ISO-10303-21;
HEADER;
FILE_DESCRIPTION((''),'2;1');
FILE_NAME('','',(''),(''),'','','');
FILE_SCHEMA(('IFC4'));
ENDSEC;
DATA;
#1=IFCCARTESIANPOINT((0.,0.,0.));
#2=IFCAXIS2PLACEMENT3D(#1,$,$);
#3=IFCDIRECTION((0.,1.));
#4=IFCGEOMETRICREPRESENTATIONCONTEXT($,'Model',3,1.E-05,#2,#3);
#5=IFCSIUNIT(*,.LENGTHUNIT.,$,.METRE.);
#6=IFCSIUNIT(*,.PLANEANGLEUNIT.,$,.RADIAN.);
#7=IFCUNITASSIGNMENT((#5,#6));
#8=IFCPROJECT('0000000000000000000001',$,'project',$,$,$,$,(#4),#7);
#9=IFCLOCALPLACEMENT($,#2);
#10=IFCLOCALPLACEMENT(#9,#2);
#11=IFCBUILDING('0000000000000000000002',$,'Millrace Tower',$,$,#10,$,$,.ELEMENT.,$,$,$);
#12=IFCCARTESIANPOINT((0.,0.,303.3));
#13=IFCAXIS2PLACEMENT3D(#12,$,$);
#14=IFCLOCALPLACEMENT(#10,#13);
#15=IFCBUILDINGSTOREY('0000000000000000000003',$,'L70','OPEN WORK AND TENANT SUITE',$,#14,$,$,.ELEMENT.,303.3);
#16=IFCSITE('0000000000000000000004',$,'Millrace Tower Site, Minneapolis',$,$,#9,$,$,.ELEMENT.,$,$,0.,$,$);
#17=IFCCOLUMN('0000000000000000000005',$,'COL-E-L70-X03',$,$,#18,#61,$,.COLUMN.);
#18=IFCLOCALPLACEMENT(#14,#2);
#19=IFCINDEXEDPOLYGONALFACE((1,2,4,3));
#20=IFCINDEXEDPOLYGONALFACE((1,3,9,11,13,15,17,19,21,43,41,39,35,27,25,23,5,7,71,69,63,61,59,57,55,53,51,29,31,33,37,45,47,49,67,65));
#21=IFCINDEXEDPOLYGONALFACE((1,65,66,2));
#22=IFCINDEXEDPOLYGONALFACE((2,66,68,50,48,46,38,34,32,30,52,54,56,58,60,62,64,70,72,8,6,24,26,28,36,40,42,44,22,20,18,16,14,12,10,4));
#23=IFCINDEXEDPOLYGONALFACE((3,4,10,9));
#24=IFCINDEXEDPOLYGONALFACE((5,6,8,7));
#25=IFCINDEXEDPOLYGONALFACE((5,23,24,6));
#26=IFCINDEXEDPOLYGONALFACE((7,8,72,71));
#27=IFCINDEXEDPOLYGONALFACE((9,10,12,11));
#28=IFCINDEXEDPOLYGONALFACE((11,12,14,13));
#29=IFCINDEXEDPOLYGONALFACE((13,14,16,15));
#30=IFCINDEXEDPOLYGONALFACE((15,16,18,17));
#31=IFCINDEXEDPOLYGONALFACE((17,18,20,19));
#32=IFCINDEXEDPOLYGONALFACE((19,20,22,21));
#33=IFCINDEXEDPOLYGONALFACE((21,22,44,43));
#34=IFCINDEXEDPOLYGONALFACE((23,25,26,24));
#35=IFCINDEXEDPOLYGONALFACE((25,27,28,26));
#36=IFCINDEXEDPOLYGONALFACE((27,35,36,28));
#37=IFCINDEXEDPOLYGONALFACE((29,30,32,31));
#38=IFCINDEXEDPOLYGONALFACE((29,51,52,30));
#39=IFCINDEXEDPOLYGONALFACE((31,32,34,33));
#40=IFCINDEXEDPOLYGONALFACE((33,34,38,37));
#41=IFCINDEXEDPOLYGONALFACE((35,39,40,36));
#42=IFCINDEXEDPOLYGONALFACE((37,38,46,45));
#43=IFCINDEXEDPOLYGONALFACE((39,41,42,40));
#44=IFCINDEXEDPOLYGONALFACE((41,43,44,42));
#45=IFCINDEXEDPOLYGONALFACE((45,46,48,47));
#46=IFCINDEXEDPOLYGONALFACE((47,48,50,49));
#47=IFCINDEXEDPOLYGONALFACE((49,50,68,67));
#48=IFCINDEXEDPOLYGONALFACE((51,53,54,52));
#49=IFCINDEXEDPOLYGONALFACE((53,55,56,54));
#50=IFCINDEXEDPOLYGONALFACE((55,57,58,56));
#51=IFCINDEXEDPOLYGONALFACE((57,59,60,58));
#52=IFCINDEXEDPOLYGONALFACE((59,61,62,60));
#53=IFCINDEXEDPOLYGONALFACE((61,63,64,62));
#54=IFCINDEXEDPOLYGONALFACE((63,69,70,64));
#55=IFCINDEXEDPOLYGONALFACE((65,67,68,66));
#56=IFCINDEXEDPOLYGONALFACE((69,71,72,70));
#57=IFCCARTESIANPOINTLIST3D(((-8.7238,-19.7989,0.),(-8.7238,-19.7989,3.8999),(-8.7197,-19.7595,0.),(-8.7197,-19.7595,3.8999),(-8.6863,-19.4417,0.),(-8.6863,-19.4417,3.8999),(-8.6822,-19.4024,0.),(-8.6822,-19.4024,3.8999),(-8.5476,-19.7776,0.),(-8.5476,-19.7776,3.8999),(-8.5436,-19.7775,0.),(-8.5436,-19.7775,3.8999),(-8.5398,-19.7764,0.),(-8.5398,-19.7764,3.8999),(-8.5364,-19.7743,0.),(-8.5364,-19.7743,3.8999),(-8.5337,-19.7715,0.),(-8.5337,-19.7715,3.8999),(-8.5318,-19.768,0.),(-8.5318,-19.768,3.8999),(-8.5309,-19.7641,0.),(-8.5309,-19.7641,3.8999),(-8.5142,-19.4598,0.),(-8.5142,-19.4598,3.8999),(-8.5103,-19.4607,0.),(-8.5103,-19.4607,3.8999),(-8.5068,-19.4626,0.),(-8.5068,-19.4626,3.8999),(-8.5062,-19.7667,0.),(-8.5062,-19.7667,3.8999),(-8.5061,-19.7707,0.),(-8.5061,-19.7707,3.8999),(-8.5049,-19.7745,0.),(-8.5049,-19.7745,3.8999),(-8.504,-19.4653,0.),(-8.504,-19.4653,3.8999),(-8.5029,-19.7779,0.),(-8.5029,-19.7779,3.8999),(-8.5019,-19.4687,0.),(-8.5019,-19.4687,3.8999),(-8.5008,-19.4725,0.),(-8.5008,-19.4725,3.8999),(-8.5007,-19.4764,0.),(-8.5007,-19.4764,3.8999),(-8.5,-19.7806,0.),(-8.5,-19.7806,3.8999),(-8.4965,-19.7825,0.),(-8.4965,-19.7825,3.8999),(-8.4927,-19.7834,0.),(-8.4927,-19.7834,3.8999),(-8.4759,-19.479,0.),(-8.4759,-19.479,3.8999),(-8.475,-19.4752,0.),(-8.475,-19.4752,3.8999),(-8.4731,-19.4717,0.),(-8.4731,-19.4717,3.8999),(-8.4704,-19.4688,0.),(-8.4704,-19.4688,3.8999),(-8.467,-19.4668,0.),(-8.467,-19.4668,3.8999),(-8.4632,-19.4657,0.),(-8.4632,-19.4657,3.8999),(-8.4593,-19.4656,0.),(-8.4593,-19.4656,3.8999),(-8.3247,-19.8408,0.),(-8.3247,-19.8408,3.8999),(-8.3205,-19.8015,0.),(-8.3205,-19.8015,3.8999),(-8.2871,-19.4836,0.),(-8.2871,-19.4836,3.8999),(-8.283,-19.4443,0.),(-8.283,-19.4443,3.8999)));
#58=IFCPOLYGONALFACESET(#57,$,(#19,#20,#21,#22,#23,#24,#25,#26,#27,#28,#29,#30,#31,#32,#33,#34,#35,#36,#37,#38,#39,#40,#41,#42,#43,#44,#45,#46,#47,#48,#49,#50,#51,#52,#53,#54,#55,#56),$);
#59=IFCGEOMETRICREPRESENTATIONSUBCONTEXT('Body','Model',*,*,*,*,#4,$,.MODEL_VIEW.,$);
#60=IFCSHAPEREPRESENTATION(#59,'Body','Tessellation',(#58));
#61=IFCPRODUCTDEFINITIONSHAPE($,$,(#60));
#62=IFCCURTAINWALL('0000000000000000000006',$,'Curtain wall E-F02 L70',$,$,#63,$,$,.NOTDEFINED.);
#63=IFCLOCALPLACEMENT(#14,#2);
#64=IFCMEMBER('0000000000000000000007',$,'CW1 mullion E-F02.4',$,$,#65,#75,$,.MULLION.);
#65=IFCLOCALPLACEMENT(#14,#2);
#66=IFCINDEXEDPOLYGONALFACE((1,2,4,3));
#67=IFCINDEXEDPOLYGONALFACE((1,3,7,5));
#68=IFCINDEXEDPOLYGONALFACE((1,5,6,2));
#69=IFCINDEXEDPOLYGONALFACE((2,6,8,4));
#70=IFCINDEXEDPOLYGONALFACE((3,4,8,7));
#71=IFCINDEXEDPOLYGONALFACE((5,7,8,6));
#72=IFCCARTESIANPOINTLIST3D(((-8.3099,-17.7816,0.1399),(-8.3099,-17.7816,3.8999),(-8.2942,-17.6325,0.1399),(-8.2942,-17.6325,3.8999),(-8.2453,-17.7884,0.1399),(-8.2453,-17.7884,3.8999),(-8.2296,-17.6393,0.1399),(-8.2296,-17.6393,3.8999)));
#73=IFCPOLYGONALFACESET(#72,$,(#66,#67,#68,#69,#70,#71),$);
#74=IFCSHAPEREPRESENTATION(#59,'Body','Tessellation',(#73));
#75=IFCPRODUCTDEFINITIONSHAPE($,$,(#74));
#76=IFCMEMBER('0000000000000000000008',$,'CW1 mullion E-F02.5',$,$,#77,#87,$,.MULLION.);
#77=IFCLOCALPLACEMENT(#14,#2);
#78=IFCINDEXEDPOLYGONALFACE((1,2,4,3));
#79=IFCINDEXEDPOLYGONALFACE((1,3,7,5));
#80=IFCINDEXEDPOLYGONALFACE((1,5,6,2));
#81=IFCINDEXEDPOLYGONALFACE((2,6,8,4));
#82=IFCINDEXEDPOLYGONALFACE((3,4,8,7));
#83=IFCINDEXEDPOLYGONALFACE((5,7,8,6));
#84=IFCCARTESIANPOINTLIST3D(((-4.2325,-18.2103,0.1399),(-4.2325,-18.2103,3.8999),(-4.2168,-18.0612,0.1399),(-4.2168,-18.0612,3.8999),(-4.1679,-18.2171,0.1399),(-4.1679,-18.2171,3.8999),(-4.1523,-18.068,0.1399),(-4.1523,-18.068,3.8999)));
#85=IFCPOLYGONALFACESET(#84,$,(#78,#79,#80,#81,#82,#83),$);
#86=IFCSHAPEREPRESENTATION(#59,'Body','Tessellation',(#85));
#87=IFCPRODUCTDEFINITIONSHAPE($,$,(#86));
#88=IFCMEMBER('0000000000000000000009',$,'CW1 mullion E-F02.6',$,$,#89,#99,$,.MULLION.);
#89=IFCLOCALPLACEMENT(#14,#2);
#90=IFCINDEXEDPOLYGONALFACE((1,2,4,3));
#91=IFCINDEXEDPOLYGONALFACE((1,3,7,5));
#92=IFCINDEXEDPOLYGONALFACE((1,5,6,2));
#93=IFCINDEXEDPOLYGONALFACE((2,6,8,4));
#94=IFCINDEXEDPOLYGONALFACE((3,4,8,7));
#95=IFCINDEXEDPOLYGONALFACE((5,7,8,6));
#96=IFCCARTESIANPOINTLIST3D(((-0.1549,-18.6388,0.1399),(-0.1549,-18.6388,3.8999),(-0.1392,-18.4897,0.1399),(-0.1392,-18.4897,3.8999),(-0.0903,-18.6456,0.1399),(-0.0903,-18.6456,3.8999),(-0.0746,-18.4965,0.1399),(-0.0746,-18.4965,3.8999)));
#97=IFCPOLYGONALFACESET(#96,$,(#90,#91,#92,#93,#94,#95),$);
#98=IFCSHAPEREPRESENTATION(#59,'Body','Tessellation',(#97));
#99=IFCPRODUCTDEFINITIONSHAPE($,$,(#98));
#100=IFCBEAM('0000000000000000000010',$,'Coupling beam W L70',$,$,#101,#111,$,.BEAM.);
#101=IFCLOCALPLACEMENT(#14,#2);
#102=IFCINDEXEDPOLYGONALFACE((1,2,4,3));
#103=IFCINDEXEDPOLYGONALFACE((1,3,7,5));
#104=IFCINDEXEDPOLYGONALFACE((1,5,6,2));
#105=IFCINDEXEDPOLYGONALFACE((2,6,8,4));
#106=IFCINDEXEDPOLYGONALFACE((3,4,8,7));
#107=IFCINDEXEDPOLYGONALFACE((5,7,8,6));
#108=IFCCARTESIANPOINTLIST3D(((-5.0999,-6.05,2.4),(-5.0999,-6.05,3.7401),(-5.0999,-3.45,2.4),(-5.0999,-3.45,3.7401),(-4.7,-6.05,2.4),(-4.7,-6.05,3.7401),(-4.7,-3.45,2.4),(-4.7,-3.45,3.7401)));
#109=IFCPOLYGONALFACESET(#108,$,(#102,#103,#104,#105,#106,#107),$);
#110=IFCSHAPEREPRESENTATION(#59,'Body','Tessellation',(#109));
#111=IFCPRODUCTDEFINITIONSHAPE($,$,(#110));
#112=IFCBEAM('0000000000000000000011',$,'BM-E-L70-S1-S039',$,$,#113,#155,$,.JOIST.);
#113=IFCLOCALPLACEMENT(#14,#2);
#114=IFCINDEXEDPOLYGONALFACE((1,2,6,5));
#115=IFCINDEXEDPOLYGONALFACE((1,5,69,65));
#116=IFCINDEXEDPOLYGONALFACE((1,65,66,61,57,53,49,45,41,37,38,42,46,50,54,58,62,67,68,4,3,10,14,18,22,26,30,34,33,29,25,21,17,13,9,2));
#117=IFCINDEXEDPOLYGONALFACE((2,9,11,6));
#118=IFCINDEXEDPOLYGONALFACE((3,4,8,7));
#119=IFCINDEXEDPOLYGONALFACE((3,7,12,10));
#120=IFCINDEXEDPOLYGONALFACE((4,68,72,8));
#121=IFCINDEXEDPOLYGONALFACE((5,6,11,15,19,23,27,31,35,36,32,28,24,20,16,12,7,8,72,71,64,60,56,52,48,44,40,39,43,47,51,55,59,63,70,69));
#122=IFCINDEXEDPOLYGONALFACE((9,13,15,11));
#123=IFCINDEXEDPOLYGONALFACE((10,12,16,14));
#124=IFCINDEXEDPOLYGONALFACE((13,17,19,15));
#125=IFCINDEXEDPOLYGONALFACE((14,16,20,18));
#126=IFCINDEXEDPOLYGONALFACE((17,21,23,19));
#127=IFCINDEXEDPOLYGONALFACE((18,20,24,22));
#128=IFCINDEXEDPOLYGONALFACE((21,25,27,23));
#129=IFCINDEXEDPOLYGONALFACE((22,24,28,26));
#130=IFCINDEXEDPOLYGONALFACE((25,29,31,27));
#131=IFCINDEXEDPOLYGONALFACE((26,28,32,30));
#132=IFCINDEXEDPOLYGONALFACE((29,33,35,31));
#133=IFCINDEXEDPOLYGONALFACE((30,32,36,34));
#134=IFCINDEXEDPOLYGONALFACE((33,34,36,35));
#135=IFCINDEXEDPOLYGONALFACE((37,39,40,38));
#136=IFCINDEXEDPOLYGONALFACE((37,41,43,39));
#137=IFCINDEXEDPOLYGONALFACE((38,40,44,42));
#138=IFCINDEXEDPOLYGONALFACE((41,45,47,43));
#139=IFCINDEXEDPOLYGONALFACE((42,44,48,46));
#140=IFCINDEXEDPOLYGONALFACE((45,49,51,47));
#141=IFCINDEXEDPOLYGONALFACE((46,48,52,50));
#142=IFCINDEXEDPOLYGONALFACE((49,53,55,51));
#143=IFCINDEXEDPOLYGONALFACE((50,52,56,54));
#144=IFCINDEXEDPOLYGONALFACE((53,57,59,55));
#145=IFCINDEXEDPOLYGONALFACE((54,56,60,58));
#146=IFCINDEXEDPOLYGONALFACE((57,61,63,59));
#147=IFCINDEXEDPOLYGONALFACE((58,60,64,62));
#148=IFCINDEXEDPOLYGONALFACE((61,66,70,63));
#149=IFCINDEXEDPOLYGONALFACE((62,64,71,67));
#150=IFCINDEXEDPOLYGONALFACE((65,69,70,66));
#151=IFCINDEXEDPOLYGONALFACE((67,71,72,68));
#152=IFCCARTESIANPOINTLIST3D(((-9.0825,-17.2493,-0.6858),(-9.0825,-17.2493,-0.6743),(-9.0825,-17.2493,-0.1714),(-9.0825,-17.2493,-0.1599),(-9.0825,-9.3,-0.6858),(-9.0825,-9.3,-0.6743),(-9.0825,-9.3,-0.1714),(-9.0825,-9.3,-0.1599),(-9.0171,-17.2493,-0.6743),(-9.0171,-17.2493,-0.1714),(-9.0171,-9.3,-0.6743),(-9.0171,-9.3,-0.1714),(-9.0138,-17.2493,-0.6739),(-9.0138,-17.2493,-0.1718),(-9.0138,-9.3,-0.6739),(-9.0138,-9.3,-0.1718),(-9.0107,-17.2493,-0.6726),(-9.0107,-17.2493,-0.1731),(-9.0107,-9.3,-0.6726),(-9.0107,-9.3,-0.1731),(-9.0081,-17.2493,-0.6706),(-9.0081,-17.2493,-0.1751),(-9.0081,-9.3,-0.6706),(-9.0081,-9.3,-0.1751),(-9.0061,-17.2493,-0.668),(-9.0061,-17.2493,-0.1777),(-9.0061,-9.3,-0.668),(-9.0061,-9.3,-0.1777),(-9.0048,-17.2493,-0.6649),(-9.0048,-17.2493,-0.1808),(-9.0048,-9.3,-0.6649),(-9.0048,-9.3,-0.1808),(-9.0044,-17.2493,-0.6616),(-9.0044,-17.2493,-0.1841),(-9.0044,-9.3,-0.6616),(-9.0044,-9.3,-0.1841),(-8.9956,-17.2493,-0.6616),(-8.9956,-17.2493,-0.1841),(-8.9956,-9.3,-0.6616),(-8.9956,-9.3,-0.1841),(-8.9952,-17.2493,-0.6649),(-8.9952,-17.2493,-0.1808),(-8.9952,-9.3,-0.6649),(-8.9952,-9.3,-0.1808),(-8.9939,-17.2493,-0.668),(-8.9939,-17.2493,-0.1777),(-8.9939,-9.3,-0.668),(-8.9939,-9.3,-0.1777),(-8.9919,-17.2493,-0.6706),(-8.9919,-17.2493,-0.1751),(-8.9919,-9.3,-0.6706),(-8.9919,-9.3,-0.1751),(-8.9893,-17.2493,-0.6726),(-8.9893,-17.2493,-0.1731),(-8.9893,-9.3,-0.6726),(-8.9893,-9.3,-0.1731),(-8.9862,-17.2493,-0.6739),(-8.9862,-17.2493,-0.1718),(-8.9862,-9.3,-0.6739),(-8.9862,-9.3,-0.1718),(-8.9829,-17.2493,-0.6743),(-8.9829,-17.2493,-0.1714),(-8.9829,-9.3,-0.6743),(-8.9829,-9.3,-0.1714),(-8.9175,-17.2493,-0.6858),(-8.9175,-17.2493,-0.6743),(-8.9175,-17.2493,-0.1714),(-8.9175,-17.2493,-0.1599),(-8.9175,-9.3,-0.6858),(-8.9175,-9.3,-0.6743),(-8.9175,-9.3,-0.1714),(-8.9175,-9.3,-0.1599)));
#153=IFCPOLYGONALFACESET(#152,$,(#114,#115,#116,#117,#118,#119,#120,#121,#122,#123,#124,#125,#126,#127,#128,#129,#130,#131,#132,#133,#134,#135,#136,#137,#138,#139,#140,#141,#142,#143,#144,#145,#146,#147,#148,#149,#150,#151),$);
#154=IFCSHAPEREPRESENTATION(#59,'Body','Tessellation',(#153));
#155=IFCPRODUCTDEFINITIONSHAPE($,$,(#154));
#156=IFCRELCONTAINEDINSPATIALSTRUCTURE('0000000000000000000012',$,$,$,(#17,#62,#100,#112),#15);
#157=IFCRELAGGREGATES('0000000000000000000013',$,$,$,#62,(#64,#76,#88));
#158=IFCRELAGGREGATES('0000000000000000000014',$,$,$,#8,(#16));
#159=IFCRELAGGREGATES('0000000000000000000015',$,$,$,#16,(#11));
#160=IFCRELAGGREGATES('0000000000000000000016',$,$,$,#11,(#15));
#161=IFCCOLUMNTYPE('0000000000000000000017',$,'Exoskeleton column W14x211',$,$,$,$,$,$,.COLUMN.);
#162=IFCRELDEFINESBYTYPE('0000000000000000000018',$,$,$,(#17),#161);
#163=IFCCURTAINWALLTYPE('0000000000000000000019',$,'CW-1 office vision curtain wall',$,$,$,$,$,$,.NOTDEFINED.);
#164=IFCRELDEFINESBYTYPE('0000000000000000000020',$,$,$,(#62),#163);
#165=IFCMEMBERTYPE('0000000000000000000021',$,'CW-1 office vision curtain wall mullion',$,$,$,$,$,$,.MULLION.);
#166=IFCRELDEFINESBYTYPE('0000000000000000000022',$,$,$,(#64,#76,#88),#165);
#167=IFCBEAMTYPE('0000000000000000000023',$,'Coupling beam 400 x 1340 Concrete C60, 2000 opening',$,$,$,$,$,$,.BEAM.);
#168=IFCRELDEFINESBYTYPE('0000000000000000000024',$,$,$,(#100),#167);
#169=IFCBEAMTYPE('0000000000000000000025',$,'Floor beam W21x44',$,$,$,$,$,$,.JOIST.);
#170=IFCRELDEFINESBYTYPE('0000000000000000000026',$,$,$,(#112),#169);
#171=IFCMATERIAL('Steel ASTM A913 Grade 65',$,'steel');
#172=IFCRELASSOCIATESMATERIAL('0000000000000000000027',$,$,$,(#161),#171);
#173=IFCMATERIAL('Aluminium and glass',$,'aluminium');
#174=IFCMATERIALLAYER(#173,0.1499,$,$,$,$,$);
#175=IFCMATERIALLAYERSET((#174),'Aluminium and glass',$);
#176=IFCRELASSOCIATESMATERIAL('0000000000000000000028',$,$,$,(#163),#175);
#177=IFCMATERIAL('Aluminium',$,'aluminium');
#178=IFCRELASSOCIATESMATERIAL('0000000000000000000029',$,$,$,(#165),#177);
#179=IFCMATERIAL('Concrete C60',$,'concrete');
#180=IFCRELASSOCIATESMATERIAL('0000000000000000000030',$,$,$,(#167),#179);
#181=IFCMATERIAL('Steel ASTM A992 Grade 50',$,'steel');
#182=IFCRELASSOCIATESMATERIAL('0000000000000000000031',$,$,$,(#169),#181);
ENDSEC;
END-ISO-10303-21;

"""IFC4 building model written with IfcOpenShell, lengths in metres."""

from ifc_helpers import new_model, si_unit, direction, frame, origin, origin_2d, place, context, subcontext, project, spatial, rectangle, i_section, extrude, material, layer, layer_set, material_profile, profile_set, type_object, element, aggregate, save


model = new_model("IFC4")

# Units and contexts
model_context = context("Model", 3, precision=1e-05, world=origin(), true_north=direction((0.0, 1.0)))
body_context = subcontext(model_context, "Body", "Model", "MODEL_VIEW")
ifc_project = project(units=[si_unit("LENGTHUNIT", "METRE"), si_unit("PLANEANGLEUNIT", "RADIAN")], contexts=[model_context])

# Site, building, storey
site_placement = place(None, origin())
site = spatial("IfcSite", under=ifc_project, at=site_placement, Name="Millrace Tower Site, Minneapolis", CompositionType="ELEMENT", RefElevation=0.0)
building_placement = place(site_placement, origin())
building = spatial("IfcBuilding", under=site, at=building_placement, Name="Millrace Tower", CompositionType="ELEMENT")
storey_placement = place(building_placement, frame((0.0, 0.0, 303.3)))
storey = spatial("IfcBuildingStorey", under=building, at=storey_placement, Name="L70", Description="OPEN WORK AND TENANT SUITE", CompositionType="ELEMENT", Elevation=303.3)

# Column
ifc_material_1 = material(Name="Steel ASTM A913 Grade 65", Category="steel")
ifc_material_profile_1 = material_profile(ifc_material_1, i_section(OverallWidth=0.4014, OverallDepth=0.3987, WebThickness=0.0249, FlangeThickness=0.0396, FilletRadius=0.0151, at=origin_2d()))
ifc_profile_set_1 = profile_set([ifc_material_profile_1], Name="Steel ASTM A913 Grade 65")
column_type = type_object("IfcColumnType", Name="Exoskeleton column W14x211", PredefinedType="COLUMN", material=ifc_profile_set_1)
column_placement = place(storey_placement, frame((-8.5034, -19.6216, 0.0), z_axis=(0.0, 0.0, 1.0), x_axis=(0.994522, -0.104528, 0.0)))
element("IfcColumn", 1, at=column_placement, inside=storey, type_object=column_type, Name="COL-E-L70-X03", PredefinedType="COLUMN", context=body_context, shape_type="SweptSolid", body=[
    extrude(i_section(OverallWidth=0.4014, OverallDepth=0.3987, WebThickness=0.0249, FlangeThickness=0.0396, FilletRadius=0.0151, at=origin_2d()), origin(), (0.0, 0.0, 1.0), 3.8999),
])

# Curtain wall, members
ifc_material_2 = material(Name="Aluminium and glass", Category="aluminium")
ifc_layer_1 = layer(ifc_material_2, 0.1499)
ifc_layer_set_1 = layer_set([ifc_layer_1], Name="Aluminium and glass")
curtain_wall_type = type_object("IfcCurtainWallType", Name="CW-1 office vision curtain wall", PredefinedType="NOTDEFINED", material=ifc_layer_set_1)
curtain_wall_placement = place(storey_placement, origin())
curtain_wall = element("IfcCurtainWall", 2, at=curtain_wall_placement, inside=storey, type_object=curtain_wall_type, Name="Curtain wall E-F02 L70", PredefinedType="NOTDEFINED")
ifc_material_3 = material(Name="Aluminium", Category="aluminium")
ifc_material_profile_2 = material_profile(ifc_material_3, rectangle(XDim=0.0649, YDim=0.1499, at=origin_2d()))
ifc_profile_set_2 = profile_set([ifc_material_profile_2], Name="Aluminium")
member_type = type_object("IfcMemberType", Name="CW-1 office vision curtain wall mullion", PredefinedType="MULLION", material=ifc_profile_set_2)
member_1_placement = place(storey_placement, frame((-8.2698, -17.7104, 0.1399), z_axis=(0.0, 0.0, 1.0), x_axis=(0.994522, -0.104528, 0.0)))
member_1 = element("IfcMember", 3, at=member_1_placement, type_object=member_type, Name="CW1 mullion E-F02.4", PredefinedType="MULLION", context=body_context, shape_type="SweptSolid", body=[
    extrude(rectangle(XDim=0.0649, YDim=0.1499, at=origin_2d()), origin(), (0.0, 0.0, 1.0), 3.76),
])
member_2_placement = place(storey_placement, frame((-4.1924, -18.1392, 0.1399), z_axis=(0.0, 0.0, 1.0), x_axis=(0.994522, -0.104528, 0.0)))
member_2 = element("IfcMember", 4, at=member_2_placement, type_object=member_type, Name="CW1 mullion E-F02.5", PredefinedType="MULLION", context=body_context, shape_type="SweptSolid", body=[
    extrude(rectangle(XDim=0.0649, YDim=0.1499, at=origin_2d()), origin(), (0.0, 0.0, 1.0), 3.76),
])
member_3_placement = place(storey_placement, frame((-0.1147, -18.5676, 0.1399), z_axis=(0.0, 0.0, 1.0), x_axis=(0.994522, -0.104528, 0.0)))
member_3 = element("IfcMember", 5, at=member_3_placement, type_object=member_type, Name="CW1 mullion E-F02.6", PredefinedType="MULLION", context=body_context, shape_type="SweptSolid", body=[
    extrude(rectangle(XDim=0.0649, YDim=0.1499, at=origin_2d()), origin(), (0.0, 0.0, 1.0), 3.76),
])
aggregate(curtain_wall, [member_1, member_2, member_3])

# Beams
ifc_material_4 = material(Name="Concrete C60", Category="concrete")
ifc_material_profile_3 = material_profile(ifc_material_4, rectangle(XDim=0.3999, YDim=1.3401, at=origin_2d()))
ifc_profile_set_3 = profile_set([ifc_material_profile_3], Name="Concrete C60")
beam_type_1 = type_object("IfcBeamType", Name="Coupling beam 400 x 1340 Concrete C60, 2000 opening", PredefinedType="BEAM", material=ifc_profile_set_3)
beam_1_placement = place(storey_placement, frame((-4.8999, -6.05, 3.0701), z_axis=(0.0, 1.0, 0.0), x_axis=(-1.0, 0.0, 0.0)))
element("IfcBeam", 6, at=beam_1_placement, inside=storey, type_object=beam_type_1, Name="Coupling beam W L70", PredefinedType="BEAM", context=body_context, shape_type="SweptSolid", body=[
    extrude(rectangle(XDim=0.3999, YDim=1.3401, at=origin_2d()), origin(), (0.0, 0.0, 1.0), 2.6001),
])
ifc_material_5 = material(Name="Steel ASTM A992 Grade 50", Category="steel")
ifc_material_profile_4 = material_profile(ifc_material_5, i_section(OverallWidth=0.165, OverallDepth=0.5259, WebThickness=0.0088, FlangeThickness=0.0115, FilletRadius=0.0127, at=origin_2d()))
ifc_profile_set_4 = profile_set([ifc_material_profile_4], Name="Steel ASTM A992 Grade 50")
beam_type_2 = type_object("IfcBeamType", Name="Floor beam W21x44", PredefinedType="JOIST", material=ifc_profile_set_4)
beam_2_placement = place(storey_placement, frame((-9.0, -17.2493, -0.4229), z_axis=(0.0, 1.0, 0.0), x_axis=(-1.0, 0.0, 0.0)))
element("IfcBeam", 7, at=beam_2_placement, inside=storey, type_object=beam_type_2, Name="BM-E-L70-S1-S039", PredefinedType="JOIST", context=body_context, shape_type="SweptSolid", body=[
    extrude(i_section(OverallWidth=0.165, OverallDepth=0.5259, WebThickness=0.0088, FlangeThickness=0.0115, FilletRadius=0.0127, at=origin_2d()), origin(), (0.0, 0.0, 1.0), 7.9492),
])

save(model, "model.ifc")
